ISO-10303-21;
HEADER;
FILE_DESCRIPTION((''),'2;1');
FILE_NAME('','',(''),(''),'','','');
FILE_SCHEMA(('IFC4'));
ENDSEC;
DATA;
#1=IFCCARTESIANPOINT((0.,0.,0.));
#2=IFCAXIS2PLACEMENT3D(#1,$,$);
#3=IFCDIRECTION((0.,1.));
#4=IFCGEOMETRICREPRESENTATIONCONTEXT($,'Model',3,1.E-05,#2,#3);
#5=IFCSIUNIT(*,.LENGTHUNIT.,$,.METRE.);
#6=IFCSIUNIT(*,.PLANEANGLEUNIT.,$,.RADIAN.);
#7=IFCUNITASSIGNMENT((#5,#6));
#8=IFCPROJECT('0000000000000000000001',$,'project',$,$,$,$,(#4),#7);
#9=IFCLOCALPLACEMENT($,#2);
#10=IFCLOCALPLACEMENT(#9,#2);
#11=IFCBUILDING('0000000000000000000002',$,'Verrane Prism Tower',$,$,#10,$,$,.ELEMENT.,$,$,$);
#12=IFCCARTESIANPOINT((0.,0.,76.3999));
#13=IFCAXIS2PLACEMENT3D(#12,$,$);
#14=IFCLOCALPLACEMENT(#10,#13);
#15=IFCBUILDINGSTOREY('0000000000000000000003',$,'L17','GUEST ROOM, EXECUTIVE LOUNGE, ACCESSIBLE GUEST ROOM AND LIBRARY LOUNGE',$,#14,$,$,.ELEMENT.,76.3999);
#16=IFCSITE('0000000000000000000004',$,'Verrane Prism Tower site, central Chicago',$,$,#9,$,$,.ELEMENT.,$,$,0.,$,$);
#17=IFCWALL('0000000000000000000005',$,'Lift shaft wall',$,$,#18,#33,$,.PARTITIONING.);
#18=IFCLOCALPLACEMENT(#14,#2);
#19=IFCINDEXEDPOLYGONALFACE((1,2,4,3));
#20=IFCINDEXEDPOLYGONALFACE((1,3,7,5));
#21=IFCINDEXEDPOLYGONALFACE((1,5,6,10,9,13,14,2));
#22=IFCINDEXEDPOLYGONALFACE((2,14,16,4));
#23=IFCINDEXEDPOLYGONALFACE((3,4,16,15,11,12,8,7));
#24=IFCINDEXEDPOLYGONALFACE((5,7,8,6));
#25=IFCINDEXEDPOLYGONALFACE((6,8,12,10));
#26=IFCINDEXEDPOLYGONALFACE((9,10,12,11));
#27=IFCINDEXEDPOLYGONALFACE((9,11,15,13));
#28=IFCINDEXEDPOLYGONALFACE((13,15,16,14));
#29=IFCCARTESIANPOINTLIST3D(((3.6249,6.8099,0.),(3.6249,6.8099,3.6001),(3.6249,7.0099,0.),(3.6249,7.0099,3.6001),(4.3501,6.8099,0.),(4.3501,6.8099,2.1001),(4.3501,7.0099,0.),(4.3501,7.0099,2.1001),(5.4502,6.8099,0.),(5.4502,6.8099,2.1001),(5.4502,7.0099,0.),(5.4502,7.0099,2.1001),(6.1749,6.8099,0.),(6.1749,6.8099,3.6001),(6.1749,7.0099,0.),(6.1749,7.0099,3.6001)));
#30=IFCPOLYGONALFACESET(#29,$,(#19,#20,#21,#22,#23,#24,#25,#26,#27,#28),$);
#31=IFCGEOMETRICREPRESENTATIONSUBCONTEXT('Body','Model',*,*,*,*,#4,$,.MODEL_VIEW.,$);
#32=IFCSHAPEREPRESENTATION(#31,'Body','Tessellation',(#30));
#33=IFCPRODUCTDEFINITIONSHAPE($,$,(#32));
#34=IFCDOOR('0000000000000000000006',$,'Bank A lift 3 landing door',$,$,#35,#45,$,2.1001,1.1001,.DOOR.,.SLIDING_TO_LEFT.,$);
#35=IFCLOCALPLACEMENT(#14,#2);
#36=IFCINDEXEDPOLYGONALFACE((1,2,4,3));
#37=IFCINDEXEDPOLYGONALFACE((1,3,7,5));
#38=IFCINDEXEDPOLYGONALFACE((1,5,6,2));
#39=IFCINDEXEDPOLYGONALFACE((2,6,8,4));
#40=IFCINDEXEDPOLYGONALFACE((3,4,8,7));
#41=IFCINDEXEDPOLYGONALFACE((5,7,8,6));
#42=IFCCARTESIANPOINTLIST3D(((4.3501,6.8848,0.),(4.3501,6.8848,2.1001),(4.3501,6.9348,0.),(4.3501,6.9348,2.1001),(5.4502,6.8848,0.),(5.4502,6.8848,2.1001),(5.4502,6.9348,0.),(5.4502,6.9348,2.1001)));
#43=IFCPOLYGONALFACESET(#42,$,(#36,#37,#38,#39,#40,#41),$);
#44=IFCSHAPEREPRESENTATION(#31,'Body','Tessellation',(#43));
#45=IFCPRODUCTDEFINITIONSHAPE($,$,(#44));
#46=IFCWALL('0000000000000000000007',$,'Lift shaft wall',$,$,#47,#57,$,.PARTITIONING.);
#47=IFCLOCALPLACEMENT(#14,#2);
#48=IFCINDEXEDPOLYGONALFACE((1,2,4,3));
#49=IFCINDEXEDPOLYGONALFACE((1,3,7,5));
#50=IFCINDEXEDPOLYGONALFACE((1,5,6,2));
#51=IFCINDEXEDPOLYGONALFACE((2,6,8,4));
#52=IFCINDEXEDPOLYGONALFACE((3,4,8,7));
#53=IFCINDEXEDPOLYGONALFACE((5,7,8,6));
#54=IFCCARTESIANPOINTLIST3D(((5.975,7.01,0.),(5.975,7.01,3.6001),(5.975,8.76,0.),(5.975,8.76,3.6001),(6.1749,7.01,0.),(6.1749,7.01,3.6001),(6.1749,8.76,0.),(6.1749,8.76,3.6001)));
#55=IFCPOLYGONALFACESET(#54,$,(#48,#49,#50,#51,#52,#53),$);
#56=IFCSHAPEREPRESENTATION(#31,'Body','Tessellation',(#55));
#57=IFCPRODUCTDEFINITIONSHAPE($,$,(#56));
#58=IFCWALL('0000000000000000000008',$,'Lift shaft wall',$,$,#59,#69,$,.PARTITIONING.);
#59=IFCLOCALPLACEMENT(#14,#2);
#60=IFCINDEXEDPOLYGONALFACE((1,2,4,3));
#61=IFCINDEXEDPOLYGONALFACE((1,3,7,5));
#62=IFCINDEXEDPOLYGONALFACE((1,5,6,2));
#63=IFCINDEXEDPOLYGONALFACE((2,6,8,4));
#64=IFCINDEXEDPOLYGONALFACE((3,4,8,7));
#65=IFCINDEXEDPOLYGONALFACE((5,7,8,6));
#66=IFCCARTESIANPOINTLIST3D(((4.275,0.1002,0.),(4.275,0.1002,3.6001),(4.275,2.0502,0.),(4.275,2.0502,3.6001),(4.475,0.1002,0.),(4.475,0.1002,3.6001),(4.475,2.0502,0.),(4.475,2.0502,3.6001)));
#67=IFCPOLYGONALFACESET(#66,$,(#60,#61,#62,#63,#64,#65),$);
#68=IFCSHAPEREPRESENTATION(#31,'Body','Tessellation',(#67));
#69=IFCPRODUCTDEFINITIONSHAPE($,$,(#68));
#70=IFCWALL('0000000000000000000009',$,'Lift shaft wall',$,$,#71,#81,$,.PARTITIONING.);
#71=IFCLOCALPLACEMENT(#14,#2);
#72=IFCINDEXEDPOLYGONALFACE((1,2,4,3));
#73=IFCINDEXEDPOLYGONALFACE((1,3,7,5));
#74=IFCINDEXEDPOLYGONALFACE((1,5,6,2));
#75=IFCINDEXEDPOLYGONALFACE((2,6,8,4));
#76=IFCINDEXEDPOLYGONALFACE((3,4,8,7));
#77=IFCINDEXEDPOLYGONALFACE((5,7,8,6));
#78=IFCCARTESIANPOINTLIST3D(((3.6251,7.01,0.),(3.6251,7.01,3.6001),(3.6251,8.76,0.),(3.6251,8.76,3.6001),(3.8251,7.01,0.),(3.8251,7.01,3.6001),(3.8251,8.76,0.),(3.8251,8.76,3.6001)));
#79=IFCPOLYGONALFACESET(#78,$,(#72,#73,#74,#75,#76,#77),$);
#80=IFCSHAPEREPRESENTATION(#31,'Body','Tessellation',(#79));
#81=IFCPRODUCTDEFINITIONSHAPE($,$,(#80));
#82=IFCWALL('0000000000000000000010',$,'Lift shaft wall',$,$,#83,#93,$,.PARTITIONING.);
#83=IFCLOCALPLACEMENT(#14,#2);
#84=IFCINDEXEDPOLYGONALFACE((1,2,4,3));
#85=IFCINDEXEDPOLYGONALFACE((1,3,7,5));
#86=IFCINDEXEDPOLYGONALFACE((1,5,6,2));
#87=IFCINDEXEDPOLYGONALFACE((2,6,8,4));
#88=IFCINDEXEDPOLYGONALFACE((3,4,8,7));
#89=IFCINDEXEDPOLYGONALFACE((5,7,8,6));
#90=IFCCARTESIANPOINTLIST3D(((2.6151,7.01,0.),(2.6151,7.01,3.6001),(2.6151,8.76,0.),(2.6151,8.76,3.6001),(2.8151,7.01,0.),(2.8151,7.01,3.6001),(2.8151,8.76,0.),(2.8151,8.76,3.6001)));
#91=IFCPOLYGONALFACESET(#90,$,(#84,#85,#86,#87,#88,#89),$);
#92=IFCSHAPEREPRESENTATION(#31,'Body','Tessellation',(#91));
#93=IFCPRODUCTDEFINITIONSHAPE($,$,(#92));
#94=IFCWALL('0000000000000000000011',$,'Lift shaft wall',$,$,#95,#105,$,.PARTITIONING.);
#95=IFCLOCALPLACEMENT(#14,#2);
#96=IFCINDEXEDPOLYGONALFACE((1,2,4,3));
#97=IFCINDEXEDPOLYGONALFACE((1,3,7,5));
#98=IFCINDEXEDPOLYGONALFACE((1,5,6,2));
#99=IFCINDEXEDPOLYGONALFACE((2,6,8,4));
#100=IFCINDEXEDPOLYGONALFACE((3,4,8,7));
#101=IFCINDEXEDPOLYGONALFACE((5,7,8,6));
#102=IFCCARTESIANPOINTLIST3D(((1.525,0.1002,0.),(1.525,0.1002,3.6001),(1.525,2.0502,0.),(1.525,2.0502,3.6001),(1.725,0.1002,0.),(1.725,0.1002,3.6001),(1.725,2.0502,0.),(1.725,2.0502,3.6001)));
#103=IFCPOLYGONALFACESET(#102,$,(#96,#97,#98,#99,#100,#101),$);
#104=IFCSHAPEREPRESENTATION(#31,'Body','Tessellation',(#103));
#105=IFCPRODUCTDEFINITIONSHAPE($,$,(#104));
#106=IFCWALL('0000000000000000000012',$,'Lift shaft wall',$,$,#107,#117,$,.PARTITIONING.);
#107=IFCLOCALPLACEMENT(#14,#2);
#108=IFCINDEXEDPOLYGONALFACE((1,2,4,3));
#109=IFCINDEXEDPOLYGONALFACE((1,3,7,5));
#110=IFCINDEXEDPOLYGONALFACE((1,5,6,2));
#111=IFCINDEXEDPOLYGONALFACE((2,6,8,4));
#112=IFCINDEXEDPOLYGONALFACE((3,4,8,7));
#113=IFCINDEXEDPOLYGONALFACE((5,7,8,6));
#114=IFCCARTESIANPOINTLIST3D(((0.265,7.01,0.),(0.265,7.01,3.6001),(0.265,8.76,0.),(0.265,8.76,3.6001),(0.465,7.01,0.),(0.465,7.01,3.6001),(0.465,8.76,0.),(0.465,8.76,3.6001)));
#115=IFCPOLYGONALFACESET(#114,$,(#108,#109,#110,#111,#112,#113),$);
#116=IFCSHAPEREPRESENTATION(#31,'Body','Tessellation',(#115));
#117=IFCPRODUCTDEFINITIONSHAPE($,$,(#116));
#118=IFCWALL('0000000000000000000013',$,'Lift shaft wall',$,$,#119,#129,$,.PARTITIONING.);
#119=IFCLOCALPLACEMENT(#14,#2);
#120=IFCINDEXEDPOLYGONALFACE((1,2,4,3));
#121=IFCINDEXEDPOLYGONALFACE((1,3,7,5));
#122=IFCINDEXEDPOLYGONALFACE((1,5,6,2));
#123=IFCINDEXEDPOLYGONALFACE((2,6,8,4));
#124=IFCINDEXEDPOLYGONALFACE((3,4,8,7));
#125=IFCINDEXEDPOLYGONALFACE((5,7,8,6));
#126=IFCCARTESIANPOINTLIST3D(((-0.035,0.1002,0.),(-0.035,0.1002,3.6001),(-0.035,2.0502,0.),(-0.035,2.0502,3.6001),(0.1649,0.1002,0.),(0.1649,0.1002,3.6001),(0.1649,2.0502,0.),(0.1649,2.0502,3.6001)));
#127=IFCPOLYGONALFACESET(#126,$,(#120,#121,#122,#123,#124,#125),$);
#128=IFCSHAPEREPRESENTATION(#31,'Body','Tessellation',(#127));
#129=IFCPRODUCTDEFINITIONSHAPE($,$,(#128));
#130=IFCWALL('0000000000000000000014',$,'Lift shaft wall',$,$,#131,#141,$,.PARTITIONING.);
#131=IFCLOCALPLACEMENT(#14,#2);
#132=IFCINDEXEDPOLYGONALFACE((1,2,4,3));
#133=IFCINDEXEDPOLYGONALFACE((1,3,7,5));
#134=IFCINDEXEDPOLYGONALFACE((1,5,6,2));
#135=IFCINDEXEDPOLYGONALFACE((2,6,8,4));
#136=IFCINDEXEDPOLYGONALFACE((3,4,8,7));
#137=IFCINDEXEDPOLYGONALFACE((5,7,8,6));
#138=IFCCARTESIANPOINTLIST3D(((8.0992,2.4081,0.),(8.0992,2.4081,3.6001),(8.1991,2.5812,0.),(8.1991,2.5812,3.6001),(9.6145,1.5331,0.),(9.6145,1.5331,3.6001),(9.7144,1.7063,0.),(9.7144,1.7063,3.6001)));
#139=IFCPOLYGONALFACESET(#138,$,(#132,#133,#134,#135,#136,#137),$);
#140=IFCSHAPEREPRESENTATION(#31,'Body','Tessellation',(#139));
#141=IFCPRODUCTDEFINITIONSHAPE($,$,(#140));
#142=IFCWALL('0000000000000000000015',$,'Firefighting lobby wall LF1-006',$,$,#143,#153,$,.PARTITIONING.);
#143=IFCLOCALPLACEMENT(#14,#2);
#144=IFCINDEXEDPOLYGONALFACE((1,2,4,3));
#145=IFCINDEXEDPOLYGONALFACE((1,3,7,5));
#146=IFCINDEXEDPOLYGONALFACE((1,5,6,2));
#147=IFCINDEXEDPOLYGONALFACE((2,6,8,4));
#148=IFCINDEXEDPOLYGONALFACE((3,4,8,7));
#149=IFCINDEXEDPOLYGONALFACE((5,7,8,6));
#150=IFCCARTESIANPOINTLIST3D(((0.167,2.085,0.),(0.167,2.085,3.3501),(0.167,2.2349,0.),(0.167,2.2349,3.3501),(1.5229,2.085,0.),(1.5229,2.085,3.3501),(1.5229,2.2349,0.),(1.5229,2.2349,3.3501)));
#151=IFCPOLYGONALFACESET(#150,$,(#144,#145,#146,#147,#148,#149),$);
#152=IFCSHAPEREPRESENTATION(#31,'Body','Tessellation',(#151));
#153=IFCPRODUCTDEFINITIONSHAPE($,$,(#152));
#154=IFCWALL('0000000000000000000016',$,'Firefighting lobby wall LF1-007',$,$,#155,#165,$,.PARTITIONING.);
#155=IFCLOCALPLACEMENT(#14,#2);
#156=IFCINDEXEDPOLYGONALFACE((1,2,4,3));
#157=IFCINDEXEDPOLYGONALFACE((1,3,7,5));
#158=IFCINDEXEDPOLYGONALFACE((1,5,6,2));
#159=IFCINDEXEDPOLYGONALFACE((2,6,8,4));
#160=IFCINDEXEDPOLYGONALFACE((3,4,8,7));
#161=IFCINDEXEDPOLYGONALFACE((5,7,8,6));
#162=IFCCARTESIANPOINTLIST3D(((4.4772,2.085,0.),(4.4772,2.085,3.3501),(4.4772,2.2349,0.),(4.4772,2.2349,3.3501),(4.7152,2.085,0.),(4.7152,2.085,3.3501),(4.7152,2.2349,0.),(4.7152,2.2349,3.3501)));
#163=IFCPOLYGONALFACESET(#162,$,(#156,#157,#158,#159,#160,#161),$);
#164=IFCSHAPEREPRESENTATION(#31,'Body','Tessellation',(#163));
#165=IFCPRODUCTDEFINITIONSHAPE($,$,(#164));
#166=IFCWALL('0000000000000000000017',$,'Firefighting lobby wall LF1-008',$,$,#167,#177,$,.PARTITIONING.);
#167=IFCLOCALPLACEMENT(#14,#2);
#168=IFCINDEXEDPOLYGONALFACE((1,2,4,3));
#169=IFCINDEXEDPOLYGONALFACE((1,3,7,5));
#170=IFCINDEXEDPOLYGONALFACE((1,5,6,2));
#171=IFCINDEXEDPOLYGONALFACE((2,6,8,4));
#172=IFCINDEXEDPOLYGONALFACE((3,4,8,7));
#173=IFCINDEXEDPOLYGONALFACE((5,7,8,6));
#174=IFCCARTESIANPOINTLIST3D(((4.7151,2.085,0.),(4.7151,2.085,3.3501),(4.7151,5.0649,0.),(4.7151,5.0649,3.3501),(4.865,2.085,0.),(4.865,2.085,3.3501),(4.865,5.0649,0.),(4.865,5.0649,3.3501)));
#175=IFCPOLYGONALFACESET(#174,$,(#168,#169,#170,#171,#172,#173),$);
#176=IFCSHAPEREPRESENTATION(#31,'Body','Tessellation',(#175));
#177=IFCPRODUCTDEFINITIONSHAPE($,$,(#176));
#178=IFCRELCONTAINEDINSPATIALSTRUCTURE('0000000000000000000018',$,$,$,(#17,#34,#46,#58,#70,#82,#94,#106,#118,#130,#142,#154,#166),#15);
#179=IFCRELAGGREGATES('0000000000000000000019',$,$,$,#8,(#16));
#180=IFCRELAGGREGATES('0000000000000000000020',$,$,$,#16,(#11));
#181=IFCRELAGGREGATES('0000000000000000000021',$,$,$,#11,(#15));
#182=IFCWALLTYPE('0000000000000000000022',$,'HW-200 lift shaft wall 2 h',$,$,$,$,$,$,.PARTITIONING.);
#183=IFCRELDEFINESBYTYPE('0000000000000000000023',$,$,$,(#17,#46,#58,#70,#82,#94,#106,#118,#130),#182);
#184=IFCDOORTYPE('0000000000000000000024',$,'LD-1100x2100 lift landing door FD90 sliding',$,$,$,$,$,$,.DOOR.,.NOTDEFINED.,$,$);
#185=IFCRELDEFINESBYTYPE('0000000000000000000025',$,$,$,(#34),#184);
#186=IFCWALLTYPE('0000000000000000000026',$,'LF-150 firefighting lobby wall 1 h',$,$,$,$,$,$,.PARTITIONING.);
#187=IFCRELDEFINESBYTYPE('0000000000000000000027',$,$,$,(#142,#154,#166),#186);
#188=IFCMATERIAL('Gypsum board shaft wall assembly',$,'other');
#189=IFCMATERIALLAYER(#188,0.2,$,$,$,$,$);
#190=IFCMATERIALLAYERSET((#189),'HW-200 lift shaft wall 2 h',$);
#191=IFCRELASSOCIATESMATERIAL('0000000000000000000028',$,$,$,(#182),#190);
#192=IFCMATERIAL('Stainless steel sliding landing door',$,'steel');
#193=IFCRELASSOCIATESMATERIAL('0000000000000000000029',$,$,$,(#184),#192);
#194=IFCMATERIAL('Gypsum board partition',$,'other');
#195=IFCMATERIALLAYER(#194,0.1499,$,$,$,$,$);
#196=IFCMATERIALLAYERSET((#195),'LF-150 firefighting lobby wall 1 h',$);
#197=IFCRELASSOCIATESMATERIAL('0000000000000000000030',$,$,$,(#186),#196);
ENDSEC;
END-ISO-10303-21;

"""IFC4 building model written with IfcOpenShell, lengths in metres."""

from ifc_helpers import new_model, si_unit, direction, frame, frame_2d, origin, place, context, subcontext, project, spatial, rectangle, extrude, material, layer, layer_set, type_object, element, fill, save


model = new_model("IFC4")

# Units and contexts
model_context = context("Model", 3, precision=1e-05, world=origin(), true_north=direction((0.0, 1.0)))
body_context = subcontext(model_context, "Body", "Model", "MODEL_VIEW")
ifc_project = project(units=[si_unit("LENGTHUNIT", "METRE"), si_unit("PLANEANGLEUNIT", "RADIAN")], contexts=[model_context])

# Site, building, storey
site_placement = place(None, origin())
site = spatial("IfcSite", under=ifc_project, at=site_placement, Name="Verrane Prism Tower site, central Chicago", CompositionType="ELEMENT", RefElevation=0.0)
building_placement = place(site_placement, origin())
building = spatial("IfcBuilding", under=site, at=building_placement, Name="Verrane Prism Tower", CompositionType="ELEMENT")
storey_placement = place(building_placement, frame((0.0, 0.0, 76.3999)))
storey = spatial("IfcBuildingStorey", under=building, at=storey_placement, Name="L17", Description="GUEST ROOM, EXECUTIVE LOUNGE, ACCESSIBLE GUEST ROOM AND LIBRARY LOUNGE", CompositionType="ELEMENT", Elevation=76.3999)

# Shared definitions
ifc_material_1 = material(Name="Gypsum board shaft wall assembly", Category="other")
ifc_layer_1 = layer(ifc_material_1, 0.2)
ifc_layer_set_1 = layer_set([ifc_layer_1], Name="HW-200 lift shaft wall 2 h")
wall_type_1 = type_object("IfcWallType", Name="HW-200 lift shaft wall 2 h", PredefinedType="PARTITIONING", material=ifc_layer_set_1)

# Wall, opening, door
ifc_material_2 = material(Name="Stainless steel sliding landing door", Category="steel")
door_type_1 = type_object("IfcDoorType", Name="LD-1100x2100 lift landing door FD90 sliding", OperationType="NOTDEFINED", PredefinedType="DOOR", material=ifc_material_2)
wall_1_placement = place(storey_placement, frame((3.625, 6.9099, 0.0), z_axis=(0.0, 0.0, 1.0), x_axis=(1.0, 0.0, 0.0)))
wall_1 = element("IfcWall", 1, at=wall_1_placement, inside=storey, type_object=wall_type_1, Name="Lift shaft wall", PredefinedType="PARTITIONING", context=body_context, shape_type="SweptSolid", body=[
    extrude(rectangle(XDim=2.55, YDim=0.2, at=frame_2d((1.2749, 0.0))), origin(), (0.0, 0.0, 1.0), 3.6001),
])
opening_1_placement = place(wall_1_placement, frame((0.7251, 0.0, 0.0)))
opening_1 = element("IfcOpeningElement", 2, at=opening_1_placement, cuts=wall_1, PredefinedType="OPENING", context=body_context, shape_type="SweptSolid", body=[
    extrude(rectangle(XDim=1.1001, YDim=2.1001, at=frame_2d((0.55, 1.05))), frame((0.0, 0.1099, 0.0), z_axis=(0.0, -1.0, 0.0), x_axis=(1.0, 0.0, 0.0)), (0.0, 0.0, 1.0), 0.22),
])
door_1_placement = place(opening_1_placement, origin())
door_1 = element("IfcDoor", 3, at=door_1_placement, inside=storey, type_object=door_type_1, Name="Bank A lift 3 landing door", OperationType="SLIDING_TO_LEFT", OverallHeight=2.1001, OverallWidth=1.1001, PredefinedType="DOOR", context=body_context, shape_type="SweptSolid", body=[
    extrude(rectangle(XDim=1.1001, YDim=2.1001, at=frame_2d((0.55, 1.05))), frame((0.0, 0.0249, 0.0), z_axis=(0.0, -1.0, 0.0), x_axis=(1.0, 0.0, 0.0)), (0.0, 0.0, 1.0), 0.05),
])
fill(opening_1, door_1)

# Walls
wall_2_placement = place(storey_placement, frame((6.075, 7.01, 0.0), z_axis=(0.0, 0.0, 1.0), x_axis=(0.0, 1.0, 0.0)))
element("IfcWall", 4, at=wall_2_placement, inside=storey, type_object=wall_type_1, Name="Lift shaft wall", PredefinedType="PARTITIONING", context=body_context, shape_type="SweptSolid", body=[
    extrude(rectangle(XDim=1.75, YDim=0.2, at=frame_2d((0.875, 0.0))), origin(), (0.0, 0.0, 1.0), 3.6001),
])
wall_3_placement = place(storey_placement, frame((4.375, 0.1001, 0.0), z_axis=(0.0, 0.0, 1.0), x_axis=(0.0, 1.0, 0.0)))
element("IfcWall", 5, at=wall_3_placement, inside=storey, type_object=wall_type_1, Name="Lift shaft wall", PredefinedType="PARTITIONING", context=body_context, shape_type="SweptSolid", body=[
    extrude(rectangle(XDim=1.95, YDim=0.2, at=frame_2d((0.9751, 0.0))), origin(), (0.0, 0.0, 1.0), 3.6001),
])
for number, where, z_axis, x_axis, name in (
    (6, (3.7251, 7.01, 0.0), (0.0, 0.0, 1.0), (0.0, 1.0, 0.0), "Lift shaft wall"),
    (7, (2.7151, 7.01, 0.0), (0.0, 0.0, 1.0), (0.0, 1.0, 0.0), "Lift shaft wall"),
):
    element("IfcWall", number, at=place(storey_placement, frame(where, z_axis=z_axis, x_axis=x_axis)), inside=storey, type_object=wall_type_1, Name=name, PredefinedType="PARTITIONING", context=body_context, shape_type="SweptSolid", body=[
        extrude(rectangle(XDim=1.75, YDim=0.2, at=frame_2d((0.875, 0.0))), origin(), (0.0, 0.0, 1.0), 3.6001),
    ])
wall_4_placement = place(storey_placement, frame((1.625, 0.1001, 0.0), z_axis=(0.0, 0.0, 1.0), x_axis=(0.0, 1.0, 0.0)))
element("IfcWall", 8, at=wall_4_placement, inside=storey, type_object=wall_type_1, Name="Lift shaft wall", PredefinedType="PARTITIONING", context=body_context, shape_type="SweptSolid", body=[
    extrude(rectangle(XDim=1.95, YDim=0.2, at=frame_2d((0.9751, 0.0))), origin(), (0.0, 0.0, 1.0), 3.6001),
])
wall_5_placement = place(storey_placement, frame((0.365, 7.01, 0.0), z_axis=(0.0, 0.0, 1.0), x_axis=(0.0, 1.0, 0.0)))
element("IfcWall", 9, at=wall_5_placement, inside=storey, type_object=wall_type_1, Name="Lift shaft wall", PredefinedType="PARTITIONING", context=body_context, shape_type="SweptSolid", body=[
    extrude(rectangle(XDim=1.75, YDim=0.2, at=frame_2d((0.875, 0.0))), origin(), (0.0, 0.0, 1.0), 3.6001),
])
wall_6_placement = place(storey_placement, frame((0.0649, 0.1001, 0.0), z_axis=(0.0, 0.0, 1.0), x_axis=(0.0, 1.0, 0.0)))
element("IfcWall", 10, at=wall_6_placement, inside=storey, type_object=wall_type_1, Name="Lift shaft wall", PredefinedType="PARTITIONING", context=body_context, shape_type="SweptSolid", body=[
    extrude(rectangle(XDim=1.95, YDim=0.2, at=frame_2d((0.9751, 0.0))), origin(), (0.0, 0.0, 1.0), 3.6001),
])
wall_7_placement = place(storey_placement, frame((9.6646, 1.6196, 0.0), z_axis=(0.0, 0.0, 1.0), x_axis=(-0.866002, 0.50004, 0.0)))
element("IfcWall", 11, at=wall_7_placement, inside=storey, type_object=wall_type_1, Name="Lift shaft wall", PredefinedType="PARTITIONING", context=body_context, shape_type="SweptSolid", body=[
    extrude(rectangle(XDim=1.7498, YDim=0.2, at=frame_2d((0.875, 0.0))), origin(), (0.0, 0.0, 1.0), 3.6001),
])
ifc_material_3 = material(Name="Gypsum board partition", Category="other")
ifc_layer_2 = layer(ifc_material_3, 0.1499)
ifc_layer_set_2 = layer_set([ifc_layer_2], Name="LF-150 firefighting lobby wall 1 h")
wall_type_2 = type_object("IfcWallType", Name="LF-150 firefighting lobby wall 1 h", PredefinedType="PARTITIONING", material=ifc_layer_set_2)
wall_8_placement = place(storey_placement, frame((0.167, 2.1599, 0.0), z_axis=(0.0, 0.0, 1.0), x_axis=(1.0, 0.0, 0.0)))
element("IfcWall", 12, at=wall_8_placement, inside=storey, type_object=wall_type_2, Name="Firefighting lobby wall LF1-006", PredefinedType="PARTITIONING", context=body_context, shape_type="SweptSolid", body=[
    extrude(rectangle(XDim=1.356, YDim=0.1499, at=frame_2d((0.678, 0.0))), origin(), (0.0, 0.0, 1.0), 3.3501),
])
wall_9_placement = place(storey_placement, frame((4.4771, 2.1599, 0.0), z_axis=(0.0, 0.0, 1.0), x_axis=(1.0, 0.0, 0.0)))
element("IfcWall", 13, at=wall_9_placement, inside=storey, type_object=wall_type_2, Name="Firefighting lobby wall LF1-007", PredefinedType="PARTITIONING", context=body_context, shape_type="SweptSolid", body=[
    extrude(rectangle(XDim=0.238, YDim=0.1499, at=frame_2d((0.1191, 0.0))), origin(), (0.0, 0.0, 1.0), 3.3501),
])
wall_10_placement = place(storey_placement, frame((4.79, 2.085, 0.0), z_axis=(0.0, 0.0, 1.0), x_axis=(0.0, 1.0, 0.0)))
element("IfcWall", 14, at=wall_10_placement, inside=storey, type_object=wall_type_2, Name="Firefighting lobby wall LF1-008", PredefinedType="PARTITIONING", context=body_context, shape_type="SweptSolid", body=[
    extrude(rectangle(XDim=2.98, YDim=0.1499, at=frame_2d((1.49, 0.0))), origin(), (0.0, 0.0, 1.0), 3.3501),
])

save(model, "model.ifc")
